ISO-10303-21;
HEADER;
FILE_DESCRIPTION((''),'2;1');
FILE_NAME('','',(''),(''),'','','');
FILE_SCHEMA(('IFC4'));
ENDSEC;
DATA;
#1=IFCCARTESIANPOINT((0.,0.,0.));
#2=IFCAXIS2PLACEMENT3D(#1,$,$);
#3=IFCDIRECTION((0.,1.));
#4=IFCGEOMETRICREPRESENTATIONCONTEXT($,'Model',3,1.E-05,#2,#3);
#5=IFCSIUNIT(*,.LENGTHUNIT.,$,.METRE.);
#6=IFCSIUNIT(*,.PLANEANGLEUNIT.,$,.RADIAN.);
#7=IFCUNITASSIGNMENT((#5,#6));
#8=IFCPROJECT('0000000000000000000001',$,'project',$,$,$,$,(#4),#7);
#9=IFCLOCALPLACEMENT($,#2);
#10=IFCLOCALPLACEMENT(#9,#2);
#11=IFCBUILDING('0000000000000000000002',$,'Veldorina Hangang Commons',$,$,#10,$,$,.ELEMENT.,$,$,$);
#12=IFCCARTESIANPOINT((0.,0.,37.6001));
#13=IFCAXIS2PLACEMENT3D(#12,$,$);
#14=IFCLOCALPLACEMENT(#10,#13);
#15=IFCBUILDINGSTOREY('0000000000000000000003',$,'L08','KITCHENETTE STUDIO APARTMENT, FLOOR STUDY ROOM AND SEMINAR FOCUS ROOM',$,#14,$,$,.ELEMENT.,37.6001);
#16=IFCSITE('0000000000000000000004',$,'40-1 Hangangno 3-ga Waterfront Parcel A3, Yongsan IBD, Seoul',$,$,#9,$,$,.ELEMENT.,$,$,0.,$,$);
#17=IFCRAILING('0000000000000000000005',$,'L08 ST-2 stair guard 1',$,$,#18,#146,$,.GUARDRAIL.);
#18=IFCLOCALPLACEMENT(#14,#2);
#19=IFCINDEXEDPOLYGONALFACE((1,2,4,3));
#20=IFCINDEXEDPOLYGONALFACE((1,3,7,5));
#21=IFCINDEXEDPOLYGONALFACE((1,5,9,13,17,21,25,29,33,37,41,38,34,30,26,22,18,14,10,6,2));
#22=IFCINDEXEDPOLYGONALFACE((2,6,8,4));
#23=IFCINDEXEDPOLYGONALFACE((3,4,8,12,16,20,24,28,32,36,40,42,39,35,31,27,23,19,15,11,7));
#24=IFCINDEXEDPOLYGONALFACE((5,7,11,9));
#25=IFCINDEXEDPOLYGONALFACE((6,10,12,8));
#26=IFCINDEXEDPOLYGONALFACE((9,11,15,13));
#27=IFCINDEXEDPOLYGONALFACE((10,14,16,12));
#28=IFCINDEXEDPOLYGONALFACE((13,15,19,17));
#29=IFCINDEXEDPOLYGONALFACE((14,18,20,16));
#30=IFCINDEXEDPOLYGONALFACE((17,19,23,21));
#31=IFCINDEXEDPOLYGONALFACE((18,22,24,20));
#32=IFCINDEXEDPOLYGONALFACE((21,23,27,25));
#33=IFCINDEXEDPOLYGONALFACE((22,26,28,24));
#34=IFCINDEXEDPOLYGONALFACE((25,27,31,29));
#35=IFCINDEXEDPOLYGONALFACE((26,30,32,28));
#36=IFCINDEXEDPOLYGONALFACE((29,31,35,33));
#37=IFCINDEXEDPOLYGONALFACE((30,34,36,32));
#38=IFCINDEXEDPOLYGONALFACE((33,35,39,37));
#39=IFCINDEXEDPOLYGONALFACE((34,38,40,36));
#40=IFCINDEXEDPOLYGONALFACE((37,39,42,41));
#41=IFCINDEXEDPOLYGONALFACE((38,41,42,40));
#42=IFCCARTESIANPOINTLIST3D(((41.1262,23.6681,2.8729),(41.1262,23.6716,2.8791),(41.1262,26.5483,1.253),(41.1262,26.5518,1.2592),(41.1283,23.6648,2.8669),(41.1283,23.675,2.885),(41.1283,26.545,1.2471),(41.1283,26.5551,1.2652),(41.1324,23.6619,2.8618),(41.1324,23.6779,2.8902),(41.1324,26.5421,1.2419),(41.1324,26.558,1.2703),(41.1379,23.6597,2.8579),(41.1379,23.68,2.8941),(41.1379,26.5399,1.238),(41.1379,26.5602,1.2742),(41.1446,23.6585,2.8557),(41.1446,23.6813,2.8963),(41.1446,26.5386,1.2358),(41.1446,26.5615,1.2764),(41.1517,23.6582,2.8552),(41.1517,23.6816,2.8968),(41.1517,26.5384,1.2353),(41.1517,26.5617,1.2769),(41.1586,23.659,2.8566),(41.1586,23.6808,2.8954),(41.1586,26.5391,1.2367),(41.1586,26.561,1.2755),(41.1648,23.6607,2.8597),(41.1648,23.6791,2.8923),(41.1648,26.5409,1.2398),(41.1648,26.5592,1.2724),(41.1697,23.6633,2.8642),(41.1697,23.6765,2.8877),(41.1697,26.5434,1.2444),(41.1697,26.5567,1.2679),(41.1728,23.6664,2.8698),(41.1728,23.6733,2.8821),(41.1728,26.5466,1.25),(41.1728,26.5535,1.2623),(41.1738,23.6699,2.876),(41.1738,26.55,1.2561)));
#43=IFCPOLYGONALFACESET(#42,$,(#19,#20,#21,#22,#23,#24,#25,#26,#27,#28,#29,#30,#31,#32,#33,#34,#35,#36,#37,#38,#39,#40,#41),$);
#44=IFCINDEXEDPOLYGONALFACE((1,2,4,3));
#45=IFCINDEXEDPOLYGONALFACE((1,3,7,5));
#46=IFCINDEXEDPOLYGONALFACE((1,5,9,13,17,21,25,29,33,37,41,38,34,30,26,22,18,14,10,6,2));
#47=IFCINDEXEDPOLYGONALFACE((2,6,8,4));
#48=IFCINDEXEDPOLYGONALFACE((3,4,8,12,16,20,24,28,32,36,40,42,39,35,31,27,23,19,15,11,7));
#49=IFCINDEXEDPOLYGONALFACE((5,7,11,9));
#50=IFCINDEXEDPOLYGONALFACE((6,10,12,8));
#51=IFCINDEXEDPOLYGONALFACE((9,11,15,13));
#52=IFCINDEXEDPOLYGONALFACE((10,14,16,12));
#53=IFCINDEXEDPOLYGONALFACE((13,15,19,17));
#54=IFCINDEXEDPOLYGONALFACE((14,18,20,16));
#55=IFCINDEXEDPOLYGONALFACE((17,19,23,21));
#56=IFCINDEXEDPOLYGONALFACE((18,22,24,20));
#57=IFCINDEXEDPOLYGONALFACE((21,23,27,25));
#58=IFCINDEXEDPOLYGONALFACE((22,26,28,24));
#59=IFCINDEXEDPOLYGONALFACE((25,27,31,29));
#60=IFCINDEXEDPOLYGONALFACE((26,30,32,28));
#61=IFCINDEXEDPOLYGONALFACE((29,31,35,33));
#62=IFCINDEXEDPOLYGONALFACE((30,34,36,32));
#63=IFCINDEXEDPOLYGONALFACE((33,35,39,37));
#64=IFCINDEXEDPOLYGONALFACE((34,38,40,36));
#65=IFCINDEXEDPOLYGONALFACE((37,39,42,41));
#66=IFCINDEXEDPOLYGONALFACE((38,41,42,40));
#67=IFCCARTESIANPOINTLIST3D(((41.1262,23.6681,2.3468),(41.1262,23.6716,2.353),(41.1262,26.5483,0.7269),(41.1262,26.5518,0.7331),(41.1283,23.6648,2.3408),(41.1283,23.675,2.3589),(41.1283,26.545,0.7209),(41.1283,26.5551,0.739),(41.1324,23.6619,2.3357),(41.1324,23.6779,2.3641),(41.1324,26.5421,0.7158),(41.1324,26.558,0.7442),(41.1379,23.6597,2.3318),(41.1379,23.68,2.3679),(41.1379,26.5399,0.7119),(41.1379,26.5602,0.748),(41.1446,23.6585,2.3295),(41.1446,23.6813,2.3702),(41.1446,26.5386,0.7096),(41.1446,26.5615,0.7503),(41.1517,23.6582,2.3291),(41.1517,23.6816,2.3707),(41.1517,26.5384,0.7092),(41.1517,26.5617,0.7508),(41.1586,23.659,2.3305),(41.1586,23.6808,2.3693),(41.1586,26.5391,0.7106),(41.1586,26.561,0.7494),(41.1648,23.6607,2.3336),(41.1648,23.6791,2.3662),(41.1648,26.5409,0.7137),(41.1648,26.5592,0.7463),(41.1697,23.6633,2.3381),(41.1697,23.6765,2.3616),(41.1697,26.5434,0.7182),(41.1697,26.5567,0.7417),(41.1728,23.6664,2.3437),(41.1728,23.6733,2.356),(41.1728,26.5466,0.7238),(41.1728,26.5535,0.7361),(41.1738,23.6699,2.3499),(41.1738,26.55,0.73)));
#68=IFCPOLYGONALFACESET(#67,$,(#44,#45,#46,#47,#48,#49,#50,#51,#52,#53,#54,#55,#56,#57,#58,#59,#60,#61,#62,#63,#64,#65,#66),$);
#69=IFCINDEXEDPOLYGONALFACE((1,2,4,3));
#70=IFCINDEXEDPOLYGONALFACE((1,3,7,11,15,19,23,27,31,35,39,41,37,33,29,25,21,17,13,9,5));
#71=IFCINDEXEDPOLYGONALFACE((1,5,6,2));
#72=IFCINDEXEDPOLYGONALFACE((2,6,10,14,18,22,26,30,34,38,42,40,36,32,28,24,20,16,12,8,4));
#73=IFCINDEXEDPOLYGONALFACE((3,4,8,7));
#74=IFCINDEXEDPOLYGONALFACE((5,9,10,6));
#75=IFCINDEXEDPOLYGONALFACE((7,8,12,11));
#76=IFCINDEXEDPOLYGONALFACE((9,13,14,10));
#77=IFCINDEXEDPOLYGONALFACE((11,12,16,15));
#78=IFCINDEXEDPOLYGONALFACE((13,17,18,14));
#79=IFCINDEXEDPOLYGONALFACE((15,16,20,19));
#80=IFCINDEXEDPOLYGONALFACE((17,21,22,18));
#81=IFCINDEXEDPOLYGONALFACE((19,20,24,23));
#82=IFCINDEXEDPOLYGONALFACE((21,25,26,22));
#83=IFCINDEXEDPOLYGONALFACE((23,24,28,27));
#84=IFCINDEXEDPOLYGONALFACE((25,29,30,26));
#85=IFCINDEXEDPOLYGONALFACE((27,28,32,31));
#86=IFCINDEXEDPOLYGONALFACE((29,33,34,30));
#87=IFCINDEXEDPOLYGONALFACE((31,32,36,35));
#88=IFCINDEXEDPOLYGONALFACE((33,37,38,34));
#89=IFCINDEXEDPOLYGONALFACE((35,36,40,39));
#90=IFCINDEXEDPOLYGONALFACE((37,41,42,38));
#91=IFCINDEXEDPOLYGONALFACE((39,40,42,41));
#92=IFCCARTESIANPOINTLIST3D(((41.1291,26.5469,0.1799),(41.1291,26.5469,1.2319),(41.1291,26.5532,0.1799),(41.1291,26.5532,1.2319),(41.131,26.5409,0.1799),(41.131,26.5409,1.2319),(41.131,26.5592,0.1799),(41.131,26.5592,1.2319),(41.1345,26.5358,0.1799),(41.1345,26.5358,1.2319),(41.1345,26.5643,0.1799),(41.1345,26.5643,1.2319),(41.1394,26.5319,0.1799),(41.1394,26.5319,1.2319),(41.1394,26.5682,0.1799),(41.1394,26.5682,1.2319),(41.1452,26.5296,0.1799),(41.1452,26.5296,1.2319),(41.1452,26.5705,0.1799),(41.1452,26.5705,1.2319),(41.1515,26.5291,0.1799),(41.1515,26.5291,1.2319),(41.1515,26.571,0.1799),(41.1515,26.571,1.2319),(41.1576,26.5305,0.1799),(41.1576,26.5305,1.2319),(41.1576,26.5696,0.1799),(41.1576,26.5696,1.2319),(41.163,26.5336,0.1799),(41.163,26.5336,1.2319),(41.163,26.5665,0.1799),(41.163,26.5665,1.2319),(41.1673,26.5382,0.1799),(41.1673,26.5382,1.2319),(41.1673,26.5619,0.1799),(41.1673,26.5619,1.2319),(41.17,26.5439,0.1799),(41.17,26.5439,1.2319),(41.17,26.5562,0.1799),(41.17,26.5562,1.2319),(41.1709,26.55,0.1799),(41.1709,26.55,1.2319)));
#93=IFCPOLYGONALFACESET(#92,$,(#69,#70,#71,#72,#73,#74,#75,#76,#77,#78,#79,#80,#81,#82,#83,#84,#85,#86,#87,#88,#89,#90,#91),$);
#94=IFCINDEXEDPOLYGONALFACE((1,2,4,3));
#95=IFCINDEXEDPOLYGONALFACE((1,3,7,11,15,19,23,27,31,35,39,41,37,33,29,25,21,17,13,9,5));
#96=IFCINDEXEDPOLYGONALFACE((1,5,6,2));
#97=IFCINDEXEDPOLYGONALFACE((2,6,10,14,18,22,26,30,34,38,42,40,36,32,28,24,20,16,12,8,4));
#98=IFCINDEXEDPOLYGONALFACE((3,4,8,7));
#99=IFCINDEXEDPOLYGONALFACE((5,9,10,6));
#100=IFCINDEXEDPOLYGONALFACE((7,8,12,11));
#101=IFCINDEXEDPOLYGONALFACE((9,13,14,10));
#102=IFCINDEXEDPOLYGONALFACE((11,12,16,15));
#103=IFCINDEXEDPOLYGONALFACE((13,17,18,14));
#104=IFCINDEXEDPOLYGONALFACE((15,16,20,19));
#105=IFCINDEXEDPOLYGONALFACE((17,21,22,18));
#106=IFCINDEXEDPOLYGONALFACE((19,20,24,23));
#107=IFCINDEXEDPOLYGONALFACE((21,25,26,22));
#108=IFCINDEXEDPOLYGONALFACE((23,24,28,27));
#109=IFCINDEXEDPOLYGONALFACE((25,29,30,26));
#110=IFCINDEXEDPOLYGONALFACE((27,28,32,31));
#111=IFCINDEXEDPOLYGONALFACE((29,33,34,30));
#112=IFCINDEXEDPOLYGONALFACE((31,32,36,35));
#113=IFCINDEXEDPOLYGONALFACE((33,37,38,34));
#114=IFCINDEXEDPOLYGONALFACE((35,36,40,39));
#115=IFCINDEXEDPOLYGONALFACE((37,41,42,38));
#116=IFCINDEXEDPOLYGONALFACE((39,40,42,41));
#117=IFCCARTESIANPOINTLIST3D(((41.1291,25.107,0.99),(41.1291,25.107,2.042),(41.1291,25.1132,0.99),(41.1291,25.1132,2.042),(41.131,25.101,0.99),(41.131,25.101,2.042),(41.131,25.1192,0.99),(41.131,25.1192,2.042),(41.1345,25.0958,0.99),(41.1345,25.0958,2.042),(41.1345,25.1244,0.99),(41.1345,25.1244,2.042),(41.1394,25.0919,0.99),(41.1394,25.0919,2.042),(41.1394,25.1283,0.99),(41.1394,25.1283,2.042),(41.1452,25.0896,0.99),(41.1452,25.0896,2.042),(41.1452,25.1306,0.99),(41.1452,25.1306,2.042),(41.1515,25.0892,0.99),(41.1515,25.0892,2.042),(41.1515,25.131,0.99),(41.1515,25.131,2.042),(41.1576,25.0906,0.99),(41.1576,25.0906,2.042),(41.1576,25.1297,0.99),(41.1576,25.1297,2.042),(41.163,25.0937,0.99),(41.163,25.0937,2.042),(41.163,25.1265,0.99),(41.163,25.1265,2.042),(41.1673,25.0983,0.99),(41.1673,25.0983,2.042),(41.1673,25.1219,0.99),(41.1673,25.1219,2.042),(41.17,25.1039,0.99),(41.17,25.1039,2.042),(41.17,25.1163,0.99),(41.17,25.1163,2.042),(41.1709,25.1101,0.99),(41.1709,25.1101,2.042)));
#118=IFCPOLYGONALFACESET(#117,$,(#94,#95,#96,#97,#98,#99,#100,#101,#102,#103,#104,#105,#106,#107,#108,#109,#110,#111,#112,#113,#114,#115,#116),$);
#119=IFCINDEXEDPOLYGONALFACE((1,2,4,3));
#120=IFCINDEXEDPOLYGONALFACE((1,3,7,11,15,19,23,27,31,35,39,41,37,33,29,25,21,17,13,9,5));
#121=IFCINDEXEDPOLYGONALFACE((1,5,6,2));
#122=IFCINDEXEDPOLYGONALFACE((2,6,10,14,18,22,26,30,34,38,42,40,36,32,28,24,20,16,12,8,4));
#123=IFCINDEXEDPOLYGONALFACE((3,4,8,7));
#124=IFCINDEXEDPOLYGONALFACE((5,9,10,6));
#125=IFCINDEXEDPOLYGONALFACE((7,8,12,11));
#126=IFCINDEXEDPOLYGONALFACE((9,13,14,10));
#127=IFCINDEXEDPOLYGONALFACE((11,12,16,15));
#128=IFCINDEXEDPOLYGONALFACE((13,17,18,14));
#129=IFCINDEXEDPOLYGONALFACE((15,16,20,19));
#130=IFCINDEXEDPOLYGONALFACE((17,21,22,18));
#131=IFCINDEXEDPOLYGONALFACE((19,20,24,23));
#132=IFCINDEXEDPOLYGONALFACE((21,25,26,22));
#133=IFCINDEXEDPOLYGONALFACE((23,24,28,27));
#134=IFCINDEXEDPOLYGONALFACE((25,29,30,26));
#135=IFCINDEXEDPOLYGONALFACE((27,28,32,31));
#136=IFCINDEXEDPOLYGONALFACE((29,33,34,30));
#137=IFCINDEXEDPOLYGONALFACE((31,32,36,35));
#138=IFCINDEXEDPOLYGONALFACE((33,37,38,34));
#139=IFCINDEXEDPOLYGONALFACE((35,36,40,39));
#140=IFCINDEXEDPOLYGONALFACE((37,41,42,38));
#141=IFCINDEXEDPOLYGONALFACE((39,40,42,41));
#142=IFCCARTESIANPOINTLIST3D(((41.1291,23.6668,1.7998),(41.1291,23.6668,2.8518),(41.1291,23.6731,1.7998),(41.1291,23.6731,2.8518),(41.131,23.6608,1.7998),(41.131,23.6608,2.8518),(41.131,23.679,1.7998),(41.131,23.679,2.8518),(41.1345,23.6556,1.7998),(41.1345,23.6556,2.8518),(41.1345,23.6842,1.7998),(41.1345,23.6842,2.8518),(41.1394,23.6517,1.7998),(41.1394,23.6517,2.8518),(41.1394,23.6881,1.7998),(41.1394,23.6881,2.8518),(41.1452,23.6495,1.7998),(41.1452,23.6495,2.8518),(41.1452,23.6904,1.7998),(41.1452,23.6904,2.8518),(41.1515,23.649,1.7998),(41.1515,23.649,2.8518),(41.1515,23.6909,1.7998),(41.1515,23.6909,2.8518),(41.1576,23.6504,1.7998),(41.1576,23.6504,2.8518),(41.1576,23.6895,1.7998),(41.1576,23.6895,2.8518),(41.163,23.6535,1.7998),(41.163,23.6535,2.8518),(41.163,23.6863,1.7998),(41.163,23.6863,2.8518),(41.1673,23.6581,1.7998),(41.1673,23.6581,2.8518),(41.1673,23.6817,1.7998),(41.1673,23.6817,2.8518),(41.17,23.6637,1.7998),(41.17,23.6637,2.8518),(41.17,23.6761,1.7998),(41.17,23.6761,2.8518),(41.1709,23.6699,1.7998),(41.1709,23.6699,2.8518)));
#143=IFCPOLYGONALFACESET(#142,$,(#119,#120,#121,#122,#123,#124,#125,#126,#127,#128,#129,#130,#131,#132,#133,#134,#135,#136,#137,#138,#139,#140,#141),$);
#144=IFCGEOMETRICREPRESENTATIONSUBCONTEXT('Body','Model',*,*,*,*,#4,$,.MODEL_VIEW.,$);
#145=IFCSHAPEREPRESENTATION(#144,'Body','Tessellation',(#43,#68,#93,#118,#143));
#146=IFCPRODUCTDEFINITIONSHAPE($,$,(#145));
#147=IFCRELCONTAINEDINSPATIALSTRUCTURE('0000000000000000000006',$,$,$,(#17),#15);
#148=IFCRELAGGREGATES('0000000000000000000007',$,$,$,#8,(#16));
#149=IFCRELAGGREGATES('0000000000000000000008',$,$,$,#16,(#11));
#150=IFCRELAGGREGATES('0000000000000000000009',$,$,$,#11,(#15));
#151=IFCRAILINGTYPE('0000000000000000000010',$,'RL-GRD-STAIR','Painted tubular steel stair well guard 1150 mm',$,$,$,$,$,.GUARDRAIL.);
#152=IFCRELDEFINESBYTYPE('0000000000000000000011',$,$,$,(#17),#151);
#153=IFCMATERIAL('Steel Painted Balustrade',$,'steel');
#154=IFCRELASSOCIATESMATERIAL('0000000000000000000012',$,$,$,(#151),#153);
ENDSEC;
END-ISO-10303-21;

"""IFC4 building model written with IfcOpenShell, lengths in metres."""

from ifc_helpers import new_model, si_unit, direction, frame, origin, origin_2d, place, context, subcontext, project, spatial, circle, extrude, material, type_object, element, save


model = new_model("IFC4")

# Units and contexts
model_context = context("Model", 3, precision=1e-05, world=origin(), true_north=direction((0.0, 1.0)))
body_context = subcontext(model_context, "Body", "Model", "MODEL_VIEW")
ifc_project = project(units=[si_unit("LENGTHUNIT", "METRE"), si_unit("PLANEANGLEUNIT", "RADIAN")], contexts=[model_context])

# Site, building, storey
site_placement = place(None, origin())
site = spatial("IfcSite", under=ifc_project, at=site_placement, Name="40-1 Hangangno 3-ga Waterfront Parcel A3, Yongsan IBD, Seoul", CompositionType="ELEMENT", RefElevation=0.0)
building_placement = place(site_placement, origin())
building = spatial("IfcBuilding", under=site, at=building_placement, Name="Veldorina Hangang Commons", CompositionType="ELEMENT")
storey_placement = place(building_placement, frame((0.0, 0.0, 37.6001)))
storey = spatial("IfcBuildingStorey", under=building, at=storey_placement, Name="L08", Description="KITCHENETTE STUDIO APARTMENT, FLOOR STUDY ROOM AND SEMINAR FOCUS ROOM", CompositionType="ELEMENT", Elevation=37.6001)

# Railing
ifc_material_1 = material(Name="Steel Painted Balustrade", Category="steel")
railing_type_1 = type_object("IfcRailingType", Name="RL-GRD-STAIR", Description="Painted tubular steel stair well guard 1150 mm", PredefinedType="GUARDRAIL", material=ifc_material_1)
railing_1_placement = place(storey_placement, frame((41.1499, 26.55, 0.1799)))
element("IfcRailing", 1, at=railing_1_placement, inside=storey, type_object=railing_type_1, Name="L08 ST-2 stair guard 1", PredefinedType="GUARDRAIL", context=body_context, shape_type="SweptSolid", body=[
    extrude(circle(Radius=0.0239, at=origin_2d()), frame((0.0, 0.0, 1.0762), z_axis=(0.0, -0.871601, 0.490216), x_axis=(1.0, 0.0, 0.0)), (0.0, 0.0, 1.0), 3.3044),
    extrude(circle(Radius=0.0239, at=origin_2d()), frame((0.0, 0.0, 0.55), z_axis=(0.0, -0.871601, 0.490216), x_axis=(1.0, 0.0, 0.0)), (0.0, 0.0, 1.0), 3.3044),
    extrude(circle(Radius=0.021, at=origin_2d()), origin(), (0.0, 0.0, 1.0), 1.052),
    extrude(circle(Radius=0.021, at=origin_2d()), frame((0.0, -1.4399, 0.8101)), (0.0, 0.0, 1.0), 1.052),
    extrude(circle(Radius=0.021, at=origin_2d()), frame((0.0, -2.8801, 1.6199)), (0.0, 0.0, 1.0), 1.052),
])

save(model, "model.ifc")
